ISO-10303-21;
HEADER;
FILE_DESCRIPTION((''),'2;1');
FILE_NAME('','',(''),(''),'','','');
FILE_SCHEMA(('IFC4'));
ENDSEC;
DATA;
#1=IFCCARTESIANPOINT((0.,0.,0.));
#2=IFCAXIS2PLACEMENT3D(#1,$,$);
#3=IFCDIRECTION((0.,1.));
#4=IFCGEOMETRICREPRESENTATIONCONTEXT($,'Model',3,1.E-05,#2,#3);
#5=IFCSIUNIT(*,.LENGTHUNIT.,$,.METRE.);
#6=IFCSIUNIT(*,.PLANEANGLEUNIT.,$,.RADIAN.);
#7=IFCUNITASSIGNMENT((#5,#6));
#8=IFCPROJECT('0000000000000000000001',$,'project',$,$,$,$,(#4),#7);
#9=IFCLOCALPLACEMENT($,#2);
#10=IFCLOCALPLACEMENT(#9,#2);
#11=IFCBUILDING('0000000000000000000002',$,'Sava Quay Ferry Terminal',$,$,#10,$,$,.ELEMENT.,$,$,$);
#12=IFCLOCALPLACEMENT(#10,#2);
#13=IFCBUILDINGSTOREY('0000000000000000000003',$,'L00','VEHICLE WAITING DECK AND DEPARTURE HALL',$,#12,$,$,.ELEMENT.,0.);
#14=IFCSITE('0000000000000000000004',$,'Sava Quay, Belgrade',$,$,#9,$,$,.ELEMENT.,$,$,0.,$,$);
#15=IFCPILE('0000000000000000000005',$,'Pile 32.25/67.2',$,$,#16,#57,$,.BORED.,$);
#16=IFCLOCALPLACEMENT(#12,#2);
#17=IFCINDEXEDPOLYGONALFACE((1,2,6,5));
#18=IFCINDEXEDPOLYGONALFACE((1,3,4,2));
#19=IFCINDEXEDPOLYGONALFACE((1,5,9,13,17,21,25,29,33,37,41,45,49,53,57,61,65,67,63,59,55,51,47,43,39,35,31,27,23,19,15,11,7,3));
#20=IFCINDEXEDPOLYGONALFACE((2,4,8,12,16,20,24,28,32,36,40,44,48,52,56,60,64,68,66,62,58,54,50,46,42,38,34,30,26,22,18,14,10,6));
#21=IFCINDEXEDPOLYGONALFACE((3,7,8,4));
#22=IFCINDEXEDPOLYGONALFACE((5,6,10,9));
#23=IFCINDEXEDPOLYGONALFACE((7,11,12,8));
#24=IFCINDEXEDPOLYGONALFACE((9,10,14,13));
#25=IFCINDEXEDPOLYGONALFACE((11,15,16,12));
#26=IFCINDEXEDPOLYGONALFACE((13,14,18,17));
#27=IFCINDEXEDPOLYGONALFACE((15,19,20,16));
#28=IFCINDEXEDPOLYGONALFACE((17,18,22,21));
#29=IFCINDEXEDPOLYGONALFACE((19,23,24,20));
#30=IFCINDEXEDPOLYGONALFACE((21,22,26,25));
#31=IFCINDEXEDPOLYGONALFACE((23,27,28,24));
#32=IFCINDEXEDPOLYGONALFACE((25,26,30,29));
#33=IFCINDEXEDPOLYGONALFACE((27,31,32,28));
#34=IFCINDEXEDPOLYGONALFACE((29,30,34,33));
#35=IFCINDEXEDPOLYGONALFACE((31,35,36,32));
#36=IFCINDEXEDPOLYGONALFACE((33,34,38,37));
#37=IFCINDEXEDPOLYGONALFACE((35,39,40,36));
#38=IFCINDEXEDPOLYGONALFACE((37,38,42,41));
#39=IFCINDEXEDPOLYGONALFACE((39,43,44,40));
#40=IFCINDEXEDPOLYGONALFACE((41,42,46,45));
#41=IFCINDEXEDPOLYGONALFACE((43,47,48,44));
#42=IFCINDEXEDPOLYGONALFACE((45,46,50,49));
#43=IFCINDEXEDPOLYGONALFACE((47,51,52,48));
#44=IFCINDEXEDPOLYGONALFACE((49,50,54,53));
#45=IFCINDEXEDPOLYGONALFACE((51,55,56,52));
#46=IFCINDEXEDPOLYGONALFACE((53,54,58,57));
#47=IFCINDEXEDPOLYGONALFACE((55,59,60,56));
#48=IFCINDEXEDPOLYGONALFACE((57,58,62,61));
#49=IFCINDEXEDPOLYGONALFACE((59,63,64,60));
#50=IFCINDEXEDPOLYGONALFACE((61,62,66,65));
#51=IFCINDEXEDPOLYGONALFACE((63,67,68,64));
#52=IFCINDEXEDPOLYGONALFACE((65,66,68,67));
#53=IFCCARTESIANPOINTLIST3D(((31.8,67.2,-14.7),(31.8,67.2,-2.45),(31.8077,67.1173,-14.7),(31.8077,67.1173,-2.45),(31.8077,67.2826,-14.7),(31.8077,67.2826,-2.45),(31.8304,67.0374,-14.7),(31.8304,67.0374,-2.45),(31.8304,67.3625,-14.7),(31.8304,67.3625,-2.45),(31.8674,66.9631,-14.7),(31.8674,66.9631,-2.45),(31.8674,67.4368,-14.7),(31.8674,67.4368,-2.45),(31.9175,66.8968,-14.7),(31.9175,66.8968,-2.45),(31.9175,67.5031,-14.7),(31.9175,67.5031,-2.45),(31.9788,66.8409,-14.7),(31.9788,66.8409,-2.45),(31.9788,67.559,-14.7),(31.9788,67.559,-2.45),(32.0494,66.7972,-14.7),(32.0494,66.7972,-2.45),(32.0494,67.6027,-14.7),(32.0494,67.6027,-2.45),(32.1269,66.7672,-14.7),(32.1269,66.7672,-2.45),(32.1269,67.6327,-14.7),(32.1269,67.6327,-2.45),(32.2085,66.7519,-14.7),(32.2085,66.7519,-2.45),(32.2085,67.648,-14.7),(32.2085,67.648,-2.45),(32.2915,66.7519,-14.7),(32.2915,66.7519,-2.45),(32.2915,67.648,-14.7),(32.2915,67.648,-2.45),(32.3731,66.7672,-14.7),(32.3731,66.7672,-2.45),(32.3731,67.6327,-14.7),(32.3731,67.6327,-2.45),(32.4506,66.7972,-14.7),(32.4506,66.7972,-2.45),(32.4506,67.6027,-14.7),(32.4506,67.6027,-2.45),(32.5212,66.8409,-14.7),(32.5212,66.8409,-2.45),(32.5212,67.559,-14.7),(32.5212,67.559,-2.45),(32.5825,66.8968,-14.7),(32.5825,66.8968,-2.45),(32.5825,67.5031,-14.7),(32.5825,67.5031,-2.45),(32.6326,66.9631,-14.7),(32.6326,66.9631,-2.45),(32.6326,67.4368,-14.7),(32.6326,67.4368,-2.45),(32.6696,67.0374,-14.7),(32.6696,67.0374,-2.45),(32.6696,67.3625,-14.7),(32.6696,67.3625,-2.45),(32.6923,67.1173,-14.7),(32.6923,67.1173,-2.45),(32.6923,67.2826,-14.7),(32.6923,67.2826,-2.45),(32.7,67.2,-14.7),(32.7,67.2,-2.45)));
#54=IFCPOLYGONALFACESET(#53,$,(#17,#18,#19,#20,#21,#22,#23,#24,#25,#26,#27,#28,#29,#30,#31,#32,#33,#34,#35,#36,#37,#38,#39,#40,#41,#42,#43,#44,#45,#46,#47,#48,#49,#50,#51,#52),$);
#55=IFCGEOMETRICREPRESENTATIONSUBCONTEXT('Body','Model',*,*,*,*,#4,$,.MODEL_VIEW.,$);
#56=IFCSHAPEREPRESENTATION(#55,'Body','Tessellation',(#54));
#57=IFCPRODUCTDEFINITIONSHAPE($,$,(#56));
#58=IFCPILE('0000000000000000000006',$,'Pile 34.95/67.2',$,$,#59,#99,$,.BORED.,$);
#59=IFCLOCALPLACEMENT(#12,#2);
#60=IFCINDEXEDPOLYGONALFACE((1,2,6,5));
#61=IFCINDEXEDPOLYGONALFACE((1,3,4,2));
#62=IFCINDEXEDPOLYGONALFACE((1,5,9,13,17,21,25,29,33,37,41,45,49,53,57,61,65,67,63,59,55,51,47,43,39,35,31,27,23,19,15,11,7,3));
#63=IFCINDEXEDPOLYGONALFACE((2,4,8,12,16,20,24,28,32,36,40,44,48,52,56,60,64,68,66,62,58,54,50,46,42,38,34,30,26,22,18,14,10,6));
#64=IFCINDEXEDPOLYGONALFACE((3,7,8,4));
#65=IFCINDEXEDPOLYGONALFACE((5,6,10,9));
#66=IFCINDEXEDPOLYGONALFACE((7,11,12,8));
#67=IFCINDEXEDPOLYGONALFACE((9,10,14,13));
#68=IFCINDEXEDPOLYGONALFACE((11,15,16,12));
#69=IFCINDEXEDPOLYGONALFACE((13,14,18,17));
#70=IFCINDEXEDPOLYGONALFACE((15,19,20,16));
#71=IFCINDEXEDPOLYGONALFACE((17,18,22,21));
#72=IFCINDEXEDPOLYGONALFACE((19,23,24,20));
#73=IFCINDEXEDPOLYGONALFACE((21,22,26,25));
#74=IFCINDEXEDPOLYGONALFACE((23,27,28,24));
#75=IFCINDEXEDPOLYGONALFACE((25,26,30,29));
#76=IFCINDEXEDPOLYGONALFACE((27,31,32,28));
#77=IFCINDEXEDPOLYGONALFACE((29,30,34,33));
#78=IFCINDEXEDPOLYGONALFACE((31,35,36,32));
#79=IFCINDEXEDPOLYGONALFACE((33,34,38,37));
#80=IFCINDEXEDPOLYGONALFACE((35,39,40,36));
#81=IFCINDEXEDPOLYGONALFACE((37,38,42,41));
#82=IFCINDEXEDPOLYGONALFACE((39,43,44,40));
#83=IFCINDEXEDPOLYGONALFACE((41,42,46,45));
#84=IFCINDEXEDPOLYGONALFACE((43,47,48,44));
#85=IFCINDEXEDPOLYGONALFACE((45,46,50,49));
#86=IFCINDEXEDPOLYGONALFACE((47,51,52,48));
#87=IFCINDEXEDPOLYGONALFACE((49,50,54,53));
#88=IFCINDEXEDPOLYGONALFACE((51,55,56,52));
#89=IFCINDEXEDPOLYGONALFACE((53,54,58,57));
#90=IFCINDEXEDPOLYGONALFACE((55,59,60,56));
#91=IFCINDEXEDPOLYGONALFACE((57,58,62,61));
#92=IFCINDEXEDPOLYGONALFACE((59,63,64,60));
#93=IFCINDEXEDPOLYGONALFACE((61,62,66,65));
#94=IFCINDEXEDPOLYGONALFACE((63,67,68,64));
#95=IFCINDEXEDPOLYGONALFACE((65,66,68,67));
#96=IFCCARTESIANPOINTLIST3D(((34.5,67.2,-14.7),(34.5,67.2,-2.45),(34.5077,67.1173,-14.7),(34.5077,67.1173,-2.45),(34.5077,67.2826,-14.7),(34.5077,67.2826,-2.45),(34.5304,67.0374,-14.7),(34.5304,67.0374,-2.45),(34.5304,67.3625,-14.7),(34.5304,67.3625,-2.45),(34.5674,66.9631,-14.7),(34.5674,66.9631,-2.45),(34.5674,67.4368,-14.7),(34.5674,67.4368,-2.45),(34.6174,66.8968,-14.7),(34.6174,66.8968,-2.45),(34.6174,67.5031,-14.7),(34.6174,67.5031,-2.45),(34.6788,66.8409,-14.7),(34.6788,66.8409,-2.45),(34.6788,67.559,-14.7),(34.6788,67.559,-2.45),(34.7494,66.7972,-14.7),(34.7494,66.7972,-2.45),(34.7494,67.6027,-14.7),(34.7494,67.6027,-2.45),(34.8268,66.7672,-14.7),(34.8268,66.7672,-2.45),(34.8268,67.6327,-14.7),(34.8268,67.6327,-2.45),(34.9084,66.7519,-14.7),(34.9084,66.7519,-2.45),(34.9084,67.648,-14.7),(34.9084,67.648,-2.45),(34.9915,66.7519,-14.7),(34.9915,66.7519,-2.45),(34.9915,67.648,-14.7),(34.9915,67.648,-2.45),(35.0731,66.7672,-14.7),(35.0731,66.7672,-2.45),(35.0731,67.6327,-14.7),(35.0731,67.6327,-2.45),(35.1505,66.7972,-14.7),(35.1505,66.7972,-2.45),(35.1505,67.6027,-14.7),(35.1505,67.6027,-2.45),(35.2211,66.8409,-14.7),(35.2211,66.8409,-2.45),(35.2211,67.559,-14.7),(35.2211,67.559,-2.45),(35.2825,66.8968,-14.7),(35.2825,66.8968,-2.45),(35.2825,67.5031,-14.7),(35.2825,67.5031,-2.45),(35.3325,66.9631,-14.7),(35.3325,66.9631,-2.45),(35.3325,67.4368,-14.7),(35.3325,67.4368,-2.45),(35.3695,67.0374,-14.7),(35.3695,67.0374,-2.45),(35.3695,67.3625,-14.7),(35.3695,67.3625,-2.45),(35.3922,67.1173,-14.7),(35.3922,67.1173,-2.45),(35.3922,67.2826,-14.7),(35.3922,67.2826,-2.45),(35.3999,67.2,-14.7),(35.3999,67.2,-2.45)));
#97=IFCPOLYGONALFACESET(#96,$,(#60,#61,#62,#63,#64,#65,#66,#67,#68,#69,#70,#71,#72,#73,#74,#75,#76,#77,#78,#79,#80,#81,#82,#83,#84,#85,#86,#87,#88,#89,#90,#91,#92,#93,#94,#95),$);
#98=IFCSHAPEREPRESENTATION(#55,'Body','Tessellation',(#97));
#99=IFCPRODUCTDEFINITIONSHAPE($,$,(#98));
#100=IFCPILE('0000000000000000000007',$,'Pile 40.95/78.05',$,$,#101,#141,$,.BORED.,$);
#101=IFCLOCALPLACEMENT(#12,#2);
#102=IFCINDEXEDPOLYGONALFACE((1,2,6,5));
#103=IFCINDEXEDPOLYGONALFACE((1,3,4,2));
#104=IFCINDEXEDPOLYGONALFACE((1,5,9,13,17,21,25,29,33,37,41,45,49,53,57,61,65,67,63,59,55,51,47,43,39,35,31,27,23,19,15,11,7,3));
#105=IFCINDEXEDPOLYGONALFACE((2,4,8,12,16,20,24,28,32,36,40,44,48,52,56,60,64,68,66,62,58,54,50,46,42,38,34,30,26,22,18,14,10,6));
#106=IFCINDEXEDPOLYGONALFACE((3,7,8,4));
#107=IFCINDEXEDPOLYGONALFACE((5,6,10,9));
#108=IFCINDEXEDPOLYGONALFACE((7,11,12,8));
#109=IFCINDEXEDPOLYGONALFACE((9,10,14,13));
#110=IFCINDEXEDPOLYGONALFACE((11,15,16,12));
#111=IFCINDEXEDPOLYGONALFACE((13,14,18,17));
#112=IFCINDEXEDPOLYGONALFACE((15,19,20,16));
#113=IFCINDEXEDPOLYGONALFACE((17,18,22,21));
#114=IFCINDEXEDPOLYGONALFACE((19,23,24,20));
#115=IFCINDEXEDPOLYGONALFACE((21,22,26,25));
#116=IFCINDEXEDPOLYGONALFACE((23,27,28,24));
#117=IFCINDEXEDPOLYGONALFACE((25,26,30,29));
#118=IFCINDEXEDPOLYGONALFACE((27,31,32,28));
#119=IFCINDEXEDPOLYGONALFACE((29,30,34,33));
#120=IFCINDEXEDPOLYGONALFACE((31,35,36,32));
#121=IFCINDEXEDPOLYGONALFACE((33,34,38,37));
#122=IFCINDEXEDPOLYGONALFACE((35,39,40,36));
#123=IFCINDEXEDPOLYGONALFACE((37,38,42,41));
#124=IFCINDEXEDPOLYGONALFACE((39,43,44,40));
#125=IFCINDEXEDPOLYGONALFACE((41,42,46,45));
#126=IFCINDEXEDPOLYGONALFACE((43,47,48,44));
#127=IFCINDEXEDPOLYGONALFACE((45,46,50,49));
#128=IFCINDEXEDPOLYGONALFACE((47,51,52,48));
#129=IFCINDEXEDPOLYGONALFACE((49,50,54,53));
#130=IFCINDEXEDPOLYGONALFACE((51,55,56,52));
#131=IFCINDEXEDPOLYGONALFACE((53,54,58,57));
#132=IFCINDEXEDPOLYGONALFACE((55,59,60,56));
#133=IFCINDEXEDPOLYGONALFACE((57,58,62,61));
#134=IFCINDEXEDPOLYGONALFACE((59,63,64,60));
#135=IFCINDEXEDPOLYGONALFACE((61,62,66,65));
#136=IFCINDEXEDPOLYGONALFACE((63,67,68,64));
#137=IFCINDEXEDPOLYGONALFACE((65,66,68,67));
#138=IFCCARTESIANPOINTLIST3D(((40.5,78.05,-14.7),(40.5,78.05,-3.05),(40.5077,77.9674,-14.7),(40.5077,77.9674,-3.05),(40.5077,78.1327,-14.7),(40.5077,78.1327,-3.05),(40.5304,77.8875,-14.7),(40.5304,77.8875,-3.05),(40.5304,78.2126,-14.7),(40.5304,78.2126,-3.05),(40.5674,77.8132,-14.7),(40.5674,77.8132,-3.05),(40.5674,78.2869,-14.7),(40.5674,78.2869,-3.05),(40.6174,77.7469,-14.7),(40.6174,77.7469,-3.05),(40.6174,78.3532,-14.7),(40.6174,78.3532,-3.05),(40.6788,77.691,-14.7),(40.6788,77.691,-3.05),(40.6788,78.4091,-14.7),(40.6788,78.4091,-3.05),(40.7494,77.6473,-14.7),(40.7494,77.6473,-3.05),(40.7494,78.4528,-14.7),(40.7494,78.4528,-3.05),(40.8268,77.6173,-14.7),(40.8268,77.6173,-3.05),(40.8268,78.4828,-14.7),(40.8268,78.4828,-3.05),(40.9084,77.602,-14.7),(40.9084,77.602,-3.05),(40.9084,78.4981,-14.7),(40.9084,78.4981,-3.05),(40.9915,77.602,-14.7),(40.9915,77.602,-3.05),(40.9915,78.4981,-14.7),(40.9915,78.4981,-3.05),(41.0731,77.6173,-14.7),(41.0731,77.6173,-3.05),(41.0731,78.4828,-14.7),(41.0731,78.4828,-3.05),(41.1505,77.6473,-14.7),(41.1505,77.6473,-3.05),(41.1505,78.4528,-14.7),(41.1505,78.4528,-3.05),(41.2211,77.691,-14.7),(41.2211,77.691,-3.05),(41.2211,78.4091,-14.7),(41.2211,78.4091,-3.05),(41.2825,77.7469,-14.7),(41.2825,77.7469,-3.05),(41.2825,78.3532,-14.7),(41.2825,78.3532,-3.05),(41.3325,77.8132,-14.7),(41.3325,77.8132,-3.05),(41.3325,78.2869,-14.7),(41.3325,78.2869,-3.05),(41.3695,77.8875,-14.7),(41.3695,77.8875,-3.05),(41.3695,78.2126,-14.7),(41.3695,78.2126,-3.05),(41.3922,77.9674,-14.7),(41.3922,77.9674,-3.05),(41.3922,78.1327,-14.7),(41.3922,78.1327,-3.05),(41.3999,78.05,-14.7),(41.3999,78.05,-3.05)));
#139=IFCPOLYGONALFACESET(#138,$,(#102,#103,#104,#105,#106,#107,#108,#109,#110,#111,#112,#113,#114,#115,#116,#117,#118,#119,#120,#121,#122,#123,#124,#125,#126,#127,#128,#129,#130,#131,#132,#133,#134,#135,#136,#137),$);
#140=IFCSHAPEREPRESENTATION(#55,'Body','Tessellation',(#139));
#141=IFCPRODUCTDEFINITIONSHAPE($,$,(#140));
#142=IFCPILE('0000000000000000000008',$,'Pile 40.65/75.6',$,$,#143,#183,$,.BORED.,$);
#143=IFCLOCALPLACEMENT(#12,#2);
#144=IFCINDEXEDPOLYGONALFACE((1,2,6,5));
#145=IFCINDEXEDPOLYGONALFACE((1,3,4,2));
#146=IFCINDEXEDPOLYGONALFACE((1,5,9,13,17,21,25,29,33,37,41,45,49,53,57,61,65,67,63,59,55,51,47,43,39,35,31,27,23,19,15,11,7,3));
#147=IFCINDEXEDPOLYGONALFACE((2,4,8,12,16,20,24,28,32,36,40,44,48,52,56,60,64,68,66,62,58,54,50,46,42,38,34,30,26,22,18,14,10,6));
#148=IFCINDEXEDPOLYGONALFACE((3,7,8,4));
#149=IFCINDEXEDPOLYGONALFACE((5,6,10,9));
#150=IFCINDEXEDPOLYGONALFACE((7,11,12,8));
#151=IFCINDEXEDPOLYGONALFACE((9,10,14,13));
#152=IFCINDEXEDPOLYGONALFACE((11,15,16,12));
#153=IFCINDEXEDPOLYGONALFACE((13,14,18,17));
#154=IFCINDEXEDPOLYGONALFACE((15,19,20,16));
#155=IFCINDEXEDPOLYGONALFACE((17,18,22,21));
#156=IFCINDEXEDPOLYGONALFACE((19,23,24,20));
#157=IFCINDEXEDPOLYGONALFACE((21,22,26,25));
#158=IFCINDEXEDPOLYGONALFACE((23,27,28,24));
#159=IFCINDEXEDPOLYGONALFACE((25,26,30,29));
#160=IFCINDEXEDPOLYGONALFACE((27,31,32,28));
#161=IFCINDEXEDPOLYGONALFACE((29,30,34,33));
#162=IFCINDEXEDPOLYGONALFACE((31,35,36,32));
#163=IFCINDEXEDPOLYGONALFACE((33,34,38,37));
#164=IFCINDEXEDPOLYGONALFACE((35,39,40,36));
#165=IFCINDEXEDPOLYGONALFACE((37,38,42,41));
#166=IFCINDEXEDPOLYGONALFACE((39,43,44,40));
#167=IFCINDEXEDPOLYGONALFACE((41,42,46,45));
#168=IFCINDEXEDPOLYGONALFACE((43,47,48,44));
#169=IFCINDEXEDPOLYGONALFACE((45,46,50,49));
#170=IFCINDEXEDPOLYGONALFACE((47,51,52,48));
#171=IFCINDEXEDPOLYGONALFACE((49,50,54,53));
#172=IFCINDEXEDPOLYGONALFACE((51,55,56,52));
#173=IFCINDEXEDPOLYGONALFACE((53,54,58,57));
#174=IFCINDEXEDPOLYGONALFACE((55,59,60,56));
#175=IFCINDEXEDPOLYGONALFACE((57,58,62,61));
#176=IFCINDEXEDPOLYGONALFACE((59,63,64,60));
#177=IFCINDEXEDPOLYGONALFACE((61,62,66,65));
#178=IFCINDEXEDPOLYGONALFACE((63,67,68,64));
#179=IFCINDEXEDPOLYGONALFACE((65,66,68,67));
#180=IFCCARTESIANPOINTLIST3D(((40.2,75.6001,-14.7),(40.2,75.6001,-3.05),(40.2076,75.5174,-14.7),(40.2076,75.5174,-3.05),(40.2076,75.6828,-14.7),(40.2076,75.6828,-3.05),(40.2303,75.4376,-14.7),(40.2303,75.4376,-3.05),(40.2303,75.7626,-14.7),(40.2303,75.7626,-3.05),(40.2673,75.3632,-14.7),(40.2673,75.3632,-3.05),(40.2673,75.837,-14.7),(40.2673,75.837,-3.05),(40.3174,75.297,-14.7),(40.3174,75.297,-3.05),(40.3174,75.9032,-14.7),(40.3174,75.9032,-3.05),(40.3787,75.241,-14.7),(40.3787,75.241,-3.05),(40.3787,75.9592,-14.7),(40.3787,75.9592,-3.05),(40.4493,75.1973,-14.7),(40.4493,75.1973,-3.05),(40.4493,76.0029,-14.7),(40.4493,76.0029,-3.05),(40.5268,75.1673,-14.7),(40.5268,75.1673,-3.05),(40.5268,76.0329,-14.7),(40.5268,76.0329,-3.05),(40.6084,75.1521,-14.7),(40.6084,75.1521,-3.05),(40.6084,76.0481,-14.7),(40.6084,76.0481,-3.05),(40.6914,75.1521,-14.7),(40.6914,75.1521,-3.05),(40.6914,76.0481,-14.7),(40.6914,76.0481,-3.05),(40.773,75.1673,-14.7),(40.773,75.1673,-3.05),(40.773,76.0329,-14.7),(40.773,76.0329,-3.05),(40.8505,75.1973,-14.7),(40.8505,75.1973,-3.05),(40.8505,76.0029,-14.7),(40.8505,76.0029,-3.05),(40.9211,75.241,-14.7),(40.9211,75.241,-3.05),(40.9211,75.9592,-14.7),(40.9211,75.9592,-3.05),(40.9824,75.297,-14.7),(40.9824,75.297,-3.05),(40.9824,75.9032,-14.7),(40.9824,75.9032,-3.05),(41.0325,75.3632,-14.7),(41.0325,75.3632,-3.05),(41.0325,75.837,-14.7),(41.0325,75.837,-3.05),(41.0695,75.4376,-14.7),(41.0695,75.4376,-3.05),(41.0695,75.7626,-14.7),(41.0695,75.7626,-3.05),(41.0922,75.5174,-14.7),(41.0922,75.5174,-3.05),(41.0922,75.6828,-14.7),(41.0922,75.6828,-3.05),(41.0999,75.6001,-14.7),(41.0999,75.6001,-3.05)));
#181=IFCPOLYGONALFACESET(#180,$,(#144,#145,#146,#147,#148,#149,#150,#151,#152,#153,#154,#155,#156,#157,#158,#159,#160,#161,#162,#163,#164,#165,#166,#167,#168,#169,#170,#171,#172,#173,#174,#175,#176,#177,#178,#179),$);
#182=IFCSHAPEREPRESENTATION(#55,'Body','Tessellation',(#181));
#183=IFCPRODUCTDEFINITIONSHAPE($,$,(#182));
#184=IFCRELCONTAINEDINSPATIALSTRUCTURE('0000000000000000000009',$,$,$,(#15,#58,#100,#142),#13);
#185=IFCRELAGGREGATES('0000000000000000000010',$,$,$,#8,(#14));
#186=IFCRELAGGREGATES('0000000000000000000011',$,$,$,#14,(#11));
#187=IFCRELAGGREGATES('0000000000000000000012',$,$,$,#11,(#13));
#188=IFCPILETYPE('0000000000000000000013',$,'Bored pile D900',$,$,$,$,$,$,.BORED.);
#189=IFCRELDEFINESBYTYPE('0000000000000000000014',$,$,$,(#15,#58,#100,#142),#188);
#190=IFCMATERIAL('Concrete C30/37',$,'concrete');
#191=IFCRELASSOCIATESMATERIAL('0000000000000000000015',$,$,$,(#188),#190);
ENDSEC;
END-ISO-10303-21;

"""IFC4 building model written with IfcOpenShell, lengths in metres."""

from ifc_helpers import new_model, si_unit, direction, frame, origin, origin_2d, place, context, subcontext, project, spatial, circle, extrude, material, material_profile, profile_set, type_object, element, save


model = new_model("IFC4")

# Units and contexts
model_context = context("Model", 3, precision=1e-05, world=origin(), true_north=direction((0.0, 1.0)))
body_context = subcontext(model_context, "Body", "Model", "MODEL_VIEW")
ifc_project = project(units=[si_unit("LENGTHUNIT", "METRE"), si_unit("PLANEANGLEUNIT", "RADIAN")], contexts=[model_context])

# Site, building, storey
site_placement = place(None, origin())
site = spatial("IfcSite", under=ifc_project, at=site_placement, Name="Sava Quay, Belgrade", CompositionType="ELEMENT", RefElevation=0.0)
building_placement = place(site_placement, origin())
building = spatial("IfcBuilding", under=site, at=building_placement, Name="Sava Quay Ferry Terminal", CompositionType="ELEMENT")
storey_placement = place(building_placement, origin())
storey = spatial("IfcBuildingStorey", under=building, at=storey_placement, Name="L00", Description="VEHICLE WAITING DECK AND DEPARTURE HALL", CompositionType="ELEMENT", Elevation=0.0)

# Piles
ifc_material_1 = material(Name="Concrete C30/37", Category="concrete")
ifc_material_profile_1 = material_profile(ifc_material_1, circle(Radius=0.45, at=origin_2d()), Name="Bored pile D900")
ifc_profile_set_1 = profile_set([ifc_material_profile_1], Name="Concrete C30/37")
pile_type = type_object("IfcPileType", Name="Bored pile D900", PredefinedType="BORED", material=ifc_profile_set_1)
for number, where, z_axis, x_axis, name in (
    (1, (32.25, 67.2, -2.45), (0.0, 0.0, -1.0), (1.0, 0.0, 0.0), "Pile 32.25/67.2"),
    (2, (34.95, 67.2, -2.45), (0.0, 0.0, -1.0), (1.0, 0.0, 0.0), "Pile 34.95/67.2"),
):
    element("IfcPile", number, at=place(storey_placement, frame(where, z_axis=z_axis, x_axis=x_axis)), inside=storey, type_object=pile_type, Name=name, PredefinedType="BORED", context=body_context, shape_type="SweptSolid", body=[
        extrude(circle(Radius=0.45, at=origin_2d()), origin(), (0.0, 0.0, 1.0), 12.25),
    ])
for number, where, z_axis, x_axis, name in (
    (3, (40.95, 78.05, -3.05), (0.0, 0.0, -1.0), (1.0, 0.0, 0.0), "Pile 40.95/78.05"),
    (4, (40.6499, 75.6001, -3.05), (0.0, 0.0, -1.0), (1.0, 0.0, 0.0), "Pile 40.65/75.6"),
):
    element("IfcPile", number, at=place(storey_placement, frame(where, z_axis=z_axis, x_axis=x_axis)), inside=storey, type_object=pile_type, Name=name, PredefinedType="BORED", context=body_context, shape_type="SweptSolid", body=[
        extrude(circle(Radius=0.45, at=origin_2d()), origin(), (0.0, 0.0, 1.0), 11.6499),
    ])

save(model, "model.ifc")
